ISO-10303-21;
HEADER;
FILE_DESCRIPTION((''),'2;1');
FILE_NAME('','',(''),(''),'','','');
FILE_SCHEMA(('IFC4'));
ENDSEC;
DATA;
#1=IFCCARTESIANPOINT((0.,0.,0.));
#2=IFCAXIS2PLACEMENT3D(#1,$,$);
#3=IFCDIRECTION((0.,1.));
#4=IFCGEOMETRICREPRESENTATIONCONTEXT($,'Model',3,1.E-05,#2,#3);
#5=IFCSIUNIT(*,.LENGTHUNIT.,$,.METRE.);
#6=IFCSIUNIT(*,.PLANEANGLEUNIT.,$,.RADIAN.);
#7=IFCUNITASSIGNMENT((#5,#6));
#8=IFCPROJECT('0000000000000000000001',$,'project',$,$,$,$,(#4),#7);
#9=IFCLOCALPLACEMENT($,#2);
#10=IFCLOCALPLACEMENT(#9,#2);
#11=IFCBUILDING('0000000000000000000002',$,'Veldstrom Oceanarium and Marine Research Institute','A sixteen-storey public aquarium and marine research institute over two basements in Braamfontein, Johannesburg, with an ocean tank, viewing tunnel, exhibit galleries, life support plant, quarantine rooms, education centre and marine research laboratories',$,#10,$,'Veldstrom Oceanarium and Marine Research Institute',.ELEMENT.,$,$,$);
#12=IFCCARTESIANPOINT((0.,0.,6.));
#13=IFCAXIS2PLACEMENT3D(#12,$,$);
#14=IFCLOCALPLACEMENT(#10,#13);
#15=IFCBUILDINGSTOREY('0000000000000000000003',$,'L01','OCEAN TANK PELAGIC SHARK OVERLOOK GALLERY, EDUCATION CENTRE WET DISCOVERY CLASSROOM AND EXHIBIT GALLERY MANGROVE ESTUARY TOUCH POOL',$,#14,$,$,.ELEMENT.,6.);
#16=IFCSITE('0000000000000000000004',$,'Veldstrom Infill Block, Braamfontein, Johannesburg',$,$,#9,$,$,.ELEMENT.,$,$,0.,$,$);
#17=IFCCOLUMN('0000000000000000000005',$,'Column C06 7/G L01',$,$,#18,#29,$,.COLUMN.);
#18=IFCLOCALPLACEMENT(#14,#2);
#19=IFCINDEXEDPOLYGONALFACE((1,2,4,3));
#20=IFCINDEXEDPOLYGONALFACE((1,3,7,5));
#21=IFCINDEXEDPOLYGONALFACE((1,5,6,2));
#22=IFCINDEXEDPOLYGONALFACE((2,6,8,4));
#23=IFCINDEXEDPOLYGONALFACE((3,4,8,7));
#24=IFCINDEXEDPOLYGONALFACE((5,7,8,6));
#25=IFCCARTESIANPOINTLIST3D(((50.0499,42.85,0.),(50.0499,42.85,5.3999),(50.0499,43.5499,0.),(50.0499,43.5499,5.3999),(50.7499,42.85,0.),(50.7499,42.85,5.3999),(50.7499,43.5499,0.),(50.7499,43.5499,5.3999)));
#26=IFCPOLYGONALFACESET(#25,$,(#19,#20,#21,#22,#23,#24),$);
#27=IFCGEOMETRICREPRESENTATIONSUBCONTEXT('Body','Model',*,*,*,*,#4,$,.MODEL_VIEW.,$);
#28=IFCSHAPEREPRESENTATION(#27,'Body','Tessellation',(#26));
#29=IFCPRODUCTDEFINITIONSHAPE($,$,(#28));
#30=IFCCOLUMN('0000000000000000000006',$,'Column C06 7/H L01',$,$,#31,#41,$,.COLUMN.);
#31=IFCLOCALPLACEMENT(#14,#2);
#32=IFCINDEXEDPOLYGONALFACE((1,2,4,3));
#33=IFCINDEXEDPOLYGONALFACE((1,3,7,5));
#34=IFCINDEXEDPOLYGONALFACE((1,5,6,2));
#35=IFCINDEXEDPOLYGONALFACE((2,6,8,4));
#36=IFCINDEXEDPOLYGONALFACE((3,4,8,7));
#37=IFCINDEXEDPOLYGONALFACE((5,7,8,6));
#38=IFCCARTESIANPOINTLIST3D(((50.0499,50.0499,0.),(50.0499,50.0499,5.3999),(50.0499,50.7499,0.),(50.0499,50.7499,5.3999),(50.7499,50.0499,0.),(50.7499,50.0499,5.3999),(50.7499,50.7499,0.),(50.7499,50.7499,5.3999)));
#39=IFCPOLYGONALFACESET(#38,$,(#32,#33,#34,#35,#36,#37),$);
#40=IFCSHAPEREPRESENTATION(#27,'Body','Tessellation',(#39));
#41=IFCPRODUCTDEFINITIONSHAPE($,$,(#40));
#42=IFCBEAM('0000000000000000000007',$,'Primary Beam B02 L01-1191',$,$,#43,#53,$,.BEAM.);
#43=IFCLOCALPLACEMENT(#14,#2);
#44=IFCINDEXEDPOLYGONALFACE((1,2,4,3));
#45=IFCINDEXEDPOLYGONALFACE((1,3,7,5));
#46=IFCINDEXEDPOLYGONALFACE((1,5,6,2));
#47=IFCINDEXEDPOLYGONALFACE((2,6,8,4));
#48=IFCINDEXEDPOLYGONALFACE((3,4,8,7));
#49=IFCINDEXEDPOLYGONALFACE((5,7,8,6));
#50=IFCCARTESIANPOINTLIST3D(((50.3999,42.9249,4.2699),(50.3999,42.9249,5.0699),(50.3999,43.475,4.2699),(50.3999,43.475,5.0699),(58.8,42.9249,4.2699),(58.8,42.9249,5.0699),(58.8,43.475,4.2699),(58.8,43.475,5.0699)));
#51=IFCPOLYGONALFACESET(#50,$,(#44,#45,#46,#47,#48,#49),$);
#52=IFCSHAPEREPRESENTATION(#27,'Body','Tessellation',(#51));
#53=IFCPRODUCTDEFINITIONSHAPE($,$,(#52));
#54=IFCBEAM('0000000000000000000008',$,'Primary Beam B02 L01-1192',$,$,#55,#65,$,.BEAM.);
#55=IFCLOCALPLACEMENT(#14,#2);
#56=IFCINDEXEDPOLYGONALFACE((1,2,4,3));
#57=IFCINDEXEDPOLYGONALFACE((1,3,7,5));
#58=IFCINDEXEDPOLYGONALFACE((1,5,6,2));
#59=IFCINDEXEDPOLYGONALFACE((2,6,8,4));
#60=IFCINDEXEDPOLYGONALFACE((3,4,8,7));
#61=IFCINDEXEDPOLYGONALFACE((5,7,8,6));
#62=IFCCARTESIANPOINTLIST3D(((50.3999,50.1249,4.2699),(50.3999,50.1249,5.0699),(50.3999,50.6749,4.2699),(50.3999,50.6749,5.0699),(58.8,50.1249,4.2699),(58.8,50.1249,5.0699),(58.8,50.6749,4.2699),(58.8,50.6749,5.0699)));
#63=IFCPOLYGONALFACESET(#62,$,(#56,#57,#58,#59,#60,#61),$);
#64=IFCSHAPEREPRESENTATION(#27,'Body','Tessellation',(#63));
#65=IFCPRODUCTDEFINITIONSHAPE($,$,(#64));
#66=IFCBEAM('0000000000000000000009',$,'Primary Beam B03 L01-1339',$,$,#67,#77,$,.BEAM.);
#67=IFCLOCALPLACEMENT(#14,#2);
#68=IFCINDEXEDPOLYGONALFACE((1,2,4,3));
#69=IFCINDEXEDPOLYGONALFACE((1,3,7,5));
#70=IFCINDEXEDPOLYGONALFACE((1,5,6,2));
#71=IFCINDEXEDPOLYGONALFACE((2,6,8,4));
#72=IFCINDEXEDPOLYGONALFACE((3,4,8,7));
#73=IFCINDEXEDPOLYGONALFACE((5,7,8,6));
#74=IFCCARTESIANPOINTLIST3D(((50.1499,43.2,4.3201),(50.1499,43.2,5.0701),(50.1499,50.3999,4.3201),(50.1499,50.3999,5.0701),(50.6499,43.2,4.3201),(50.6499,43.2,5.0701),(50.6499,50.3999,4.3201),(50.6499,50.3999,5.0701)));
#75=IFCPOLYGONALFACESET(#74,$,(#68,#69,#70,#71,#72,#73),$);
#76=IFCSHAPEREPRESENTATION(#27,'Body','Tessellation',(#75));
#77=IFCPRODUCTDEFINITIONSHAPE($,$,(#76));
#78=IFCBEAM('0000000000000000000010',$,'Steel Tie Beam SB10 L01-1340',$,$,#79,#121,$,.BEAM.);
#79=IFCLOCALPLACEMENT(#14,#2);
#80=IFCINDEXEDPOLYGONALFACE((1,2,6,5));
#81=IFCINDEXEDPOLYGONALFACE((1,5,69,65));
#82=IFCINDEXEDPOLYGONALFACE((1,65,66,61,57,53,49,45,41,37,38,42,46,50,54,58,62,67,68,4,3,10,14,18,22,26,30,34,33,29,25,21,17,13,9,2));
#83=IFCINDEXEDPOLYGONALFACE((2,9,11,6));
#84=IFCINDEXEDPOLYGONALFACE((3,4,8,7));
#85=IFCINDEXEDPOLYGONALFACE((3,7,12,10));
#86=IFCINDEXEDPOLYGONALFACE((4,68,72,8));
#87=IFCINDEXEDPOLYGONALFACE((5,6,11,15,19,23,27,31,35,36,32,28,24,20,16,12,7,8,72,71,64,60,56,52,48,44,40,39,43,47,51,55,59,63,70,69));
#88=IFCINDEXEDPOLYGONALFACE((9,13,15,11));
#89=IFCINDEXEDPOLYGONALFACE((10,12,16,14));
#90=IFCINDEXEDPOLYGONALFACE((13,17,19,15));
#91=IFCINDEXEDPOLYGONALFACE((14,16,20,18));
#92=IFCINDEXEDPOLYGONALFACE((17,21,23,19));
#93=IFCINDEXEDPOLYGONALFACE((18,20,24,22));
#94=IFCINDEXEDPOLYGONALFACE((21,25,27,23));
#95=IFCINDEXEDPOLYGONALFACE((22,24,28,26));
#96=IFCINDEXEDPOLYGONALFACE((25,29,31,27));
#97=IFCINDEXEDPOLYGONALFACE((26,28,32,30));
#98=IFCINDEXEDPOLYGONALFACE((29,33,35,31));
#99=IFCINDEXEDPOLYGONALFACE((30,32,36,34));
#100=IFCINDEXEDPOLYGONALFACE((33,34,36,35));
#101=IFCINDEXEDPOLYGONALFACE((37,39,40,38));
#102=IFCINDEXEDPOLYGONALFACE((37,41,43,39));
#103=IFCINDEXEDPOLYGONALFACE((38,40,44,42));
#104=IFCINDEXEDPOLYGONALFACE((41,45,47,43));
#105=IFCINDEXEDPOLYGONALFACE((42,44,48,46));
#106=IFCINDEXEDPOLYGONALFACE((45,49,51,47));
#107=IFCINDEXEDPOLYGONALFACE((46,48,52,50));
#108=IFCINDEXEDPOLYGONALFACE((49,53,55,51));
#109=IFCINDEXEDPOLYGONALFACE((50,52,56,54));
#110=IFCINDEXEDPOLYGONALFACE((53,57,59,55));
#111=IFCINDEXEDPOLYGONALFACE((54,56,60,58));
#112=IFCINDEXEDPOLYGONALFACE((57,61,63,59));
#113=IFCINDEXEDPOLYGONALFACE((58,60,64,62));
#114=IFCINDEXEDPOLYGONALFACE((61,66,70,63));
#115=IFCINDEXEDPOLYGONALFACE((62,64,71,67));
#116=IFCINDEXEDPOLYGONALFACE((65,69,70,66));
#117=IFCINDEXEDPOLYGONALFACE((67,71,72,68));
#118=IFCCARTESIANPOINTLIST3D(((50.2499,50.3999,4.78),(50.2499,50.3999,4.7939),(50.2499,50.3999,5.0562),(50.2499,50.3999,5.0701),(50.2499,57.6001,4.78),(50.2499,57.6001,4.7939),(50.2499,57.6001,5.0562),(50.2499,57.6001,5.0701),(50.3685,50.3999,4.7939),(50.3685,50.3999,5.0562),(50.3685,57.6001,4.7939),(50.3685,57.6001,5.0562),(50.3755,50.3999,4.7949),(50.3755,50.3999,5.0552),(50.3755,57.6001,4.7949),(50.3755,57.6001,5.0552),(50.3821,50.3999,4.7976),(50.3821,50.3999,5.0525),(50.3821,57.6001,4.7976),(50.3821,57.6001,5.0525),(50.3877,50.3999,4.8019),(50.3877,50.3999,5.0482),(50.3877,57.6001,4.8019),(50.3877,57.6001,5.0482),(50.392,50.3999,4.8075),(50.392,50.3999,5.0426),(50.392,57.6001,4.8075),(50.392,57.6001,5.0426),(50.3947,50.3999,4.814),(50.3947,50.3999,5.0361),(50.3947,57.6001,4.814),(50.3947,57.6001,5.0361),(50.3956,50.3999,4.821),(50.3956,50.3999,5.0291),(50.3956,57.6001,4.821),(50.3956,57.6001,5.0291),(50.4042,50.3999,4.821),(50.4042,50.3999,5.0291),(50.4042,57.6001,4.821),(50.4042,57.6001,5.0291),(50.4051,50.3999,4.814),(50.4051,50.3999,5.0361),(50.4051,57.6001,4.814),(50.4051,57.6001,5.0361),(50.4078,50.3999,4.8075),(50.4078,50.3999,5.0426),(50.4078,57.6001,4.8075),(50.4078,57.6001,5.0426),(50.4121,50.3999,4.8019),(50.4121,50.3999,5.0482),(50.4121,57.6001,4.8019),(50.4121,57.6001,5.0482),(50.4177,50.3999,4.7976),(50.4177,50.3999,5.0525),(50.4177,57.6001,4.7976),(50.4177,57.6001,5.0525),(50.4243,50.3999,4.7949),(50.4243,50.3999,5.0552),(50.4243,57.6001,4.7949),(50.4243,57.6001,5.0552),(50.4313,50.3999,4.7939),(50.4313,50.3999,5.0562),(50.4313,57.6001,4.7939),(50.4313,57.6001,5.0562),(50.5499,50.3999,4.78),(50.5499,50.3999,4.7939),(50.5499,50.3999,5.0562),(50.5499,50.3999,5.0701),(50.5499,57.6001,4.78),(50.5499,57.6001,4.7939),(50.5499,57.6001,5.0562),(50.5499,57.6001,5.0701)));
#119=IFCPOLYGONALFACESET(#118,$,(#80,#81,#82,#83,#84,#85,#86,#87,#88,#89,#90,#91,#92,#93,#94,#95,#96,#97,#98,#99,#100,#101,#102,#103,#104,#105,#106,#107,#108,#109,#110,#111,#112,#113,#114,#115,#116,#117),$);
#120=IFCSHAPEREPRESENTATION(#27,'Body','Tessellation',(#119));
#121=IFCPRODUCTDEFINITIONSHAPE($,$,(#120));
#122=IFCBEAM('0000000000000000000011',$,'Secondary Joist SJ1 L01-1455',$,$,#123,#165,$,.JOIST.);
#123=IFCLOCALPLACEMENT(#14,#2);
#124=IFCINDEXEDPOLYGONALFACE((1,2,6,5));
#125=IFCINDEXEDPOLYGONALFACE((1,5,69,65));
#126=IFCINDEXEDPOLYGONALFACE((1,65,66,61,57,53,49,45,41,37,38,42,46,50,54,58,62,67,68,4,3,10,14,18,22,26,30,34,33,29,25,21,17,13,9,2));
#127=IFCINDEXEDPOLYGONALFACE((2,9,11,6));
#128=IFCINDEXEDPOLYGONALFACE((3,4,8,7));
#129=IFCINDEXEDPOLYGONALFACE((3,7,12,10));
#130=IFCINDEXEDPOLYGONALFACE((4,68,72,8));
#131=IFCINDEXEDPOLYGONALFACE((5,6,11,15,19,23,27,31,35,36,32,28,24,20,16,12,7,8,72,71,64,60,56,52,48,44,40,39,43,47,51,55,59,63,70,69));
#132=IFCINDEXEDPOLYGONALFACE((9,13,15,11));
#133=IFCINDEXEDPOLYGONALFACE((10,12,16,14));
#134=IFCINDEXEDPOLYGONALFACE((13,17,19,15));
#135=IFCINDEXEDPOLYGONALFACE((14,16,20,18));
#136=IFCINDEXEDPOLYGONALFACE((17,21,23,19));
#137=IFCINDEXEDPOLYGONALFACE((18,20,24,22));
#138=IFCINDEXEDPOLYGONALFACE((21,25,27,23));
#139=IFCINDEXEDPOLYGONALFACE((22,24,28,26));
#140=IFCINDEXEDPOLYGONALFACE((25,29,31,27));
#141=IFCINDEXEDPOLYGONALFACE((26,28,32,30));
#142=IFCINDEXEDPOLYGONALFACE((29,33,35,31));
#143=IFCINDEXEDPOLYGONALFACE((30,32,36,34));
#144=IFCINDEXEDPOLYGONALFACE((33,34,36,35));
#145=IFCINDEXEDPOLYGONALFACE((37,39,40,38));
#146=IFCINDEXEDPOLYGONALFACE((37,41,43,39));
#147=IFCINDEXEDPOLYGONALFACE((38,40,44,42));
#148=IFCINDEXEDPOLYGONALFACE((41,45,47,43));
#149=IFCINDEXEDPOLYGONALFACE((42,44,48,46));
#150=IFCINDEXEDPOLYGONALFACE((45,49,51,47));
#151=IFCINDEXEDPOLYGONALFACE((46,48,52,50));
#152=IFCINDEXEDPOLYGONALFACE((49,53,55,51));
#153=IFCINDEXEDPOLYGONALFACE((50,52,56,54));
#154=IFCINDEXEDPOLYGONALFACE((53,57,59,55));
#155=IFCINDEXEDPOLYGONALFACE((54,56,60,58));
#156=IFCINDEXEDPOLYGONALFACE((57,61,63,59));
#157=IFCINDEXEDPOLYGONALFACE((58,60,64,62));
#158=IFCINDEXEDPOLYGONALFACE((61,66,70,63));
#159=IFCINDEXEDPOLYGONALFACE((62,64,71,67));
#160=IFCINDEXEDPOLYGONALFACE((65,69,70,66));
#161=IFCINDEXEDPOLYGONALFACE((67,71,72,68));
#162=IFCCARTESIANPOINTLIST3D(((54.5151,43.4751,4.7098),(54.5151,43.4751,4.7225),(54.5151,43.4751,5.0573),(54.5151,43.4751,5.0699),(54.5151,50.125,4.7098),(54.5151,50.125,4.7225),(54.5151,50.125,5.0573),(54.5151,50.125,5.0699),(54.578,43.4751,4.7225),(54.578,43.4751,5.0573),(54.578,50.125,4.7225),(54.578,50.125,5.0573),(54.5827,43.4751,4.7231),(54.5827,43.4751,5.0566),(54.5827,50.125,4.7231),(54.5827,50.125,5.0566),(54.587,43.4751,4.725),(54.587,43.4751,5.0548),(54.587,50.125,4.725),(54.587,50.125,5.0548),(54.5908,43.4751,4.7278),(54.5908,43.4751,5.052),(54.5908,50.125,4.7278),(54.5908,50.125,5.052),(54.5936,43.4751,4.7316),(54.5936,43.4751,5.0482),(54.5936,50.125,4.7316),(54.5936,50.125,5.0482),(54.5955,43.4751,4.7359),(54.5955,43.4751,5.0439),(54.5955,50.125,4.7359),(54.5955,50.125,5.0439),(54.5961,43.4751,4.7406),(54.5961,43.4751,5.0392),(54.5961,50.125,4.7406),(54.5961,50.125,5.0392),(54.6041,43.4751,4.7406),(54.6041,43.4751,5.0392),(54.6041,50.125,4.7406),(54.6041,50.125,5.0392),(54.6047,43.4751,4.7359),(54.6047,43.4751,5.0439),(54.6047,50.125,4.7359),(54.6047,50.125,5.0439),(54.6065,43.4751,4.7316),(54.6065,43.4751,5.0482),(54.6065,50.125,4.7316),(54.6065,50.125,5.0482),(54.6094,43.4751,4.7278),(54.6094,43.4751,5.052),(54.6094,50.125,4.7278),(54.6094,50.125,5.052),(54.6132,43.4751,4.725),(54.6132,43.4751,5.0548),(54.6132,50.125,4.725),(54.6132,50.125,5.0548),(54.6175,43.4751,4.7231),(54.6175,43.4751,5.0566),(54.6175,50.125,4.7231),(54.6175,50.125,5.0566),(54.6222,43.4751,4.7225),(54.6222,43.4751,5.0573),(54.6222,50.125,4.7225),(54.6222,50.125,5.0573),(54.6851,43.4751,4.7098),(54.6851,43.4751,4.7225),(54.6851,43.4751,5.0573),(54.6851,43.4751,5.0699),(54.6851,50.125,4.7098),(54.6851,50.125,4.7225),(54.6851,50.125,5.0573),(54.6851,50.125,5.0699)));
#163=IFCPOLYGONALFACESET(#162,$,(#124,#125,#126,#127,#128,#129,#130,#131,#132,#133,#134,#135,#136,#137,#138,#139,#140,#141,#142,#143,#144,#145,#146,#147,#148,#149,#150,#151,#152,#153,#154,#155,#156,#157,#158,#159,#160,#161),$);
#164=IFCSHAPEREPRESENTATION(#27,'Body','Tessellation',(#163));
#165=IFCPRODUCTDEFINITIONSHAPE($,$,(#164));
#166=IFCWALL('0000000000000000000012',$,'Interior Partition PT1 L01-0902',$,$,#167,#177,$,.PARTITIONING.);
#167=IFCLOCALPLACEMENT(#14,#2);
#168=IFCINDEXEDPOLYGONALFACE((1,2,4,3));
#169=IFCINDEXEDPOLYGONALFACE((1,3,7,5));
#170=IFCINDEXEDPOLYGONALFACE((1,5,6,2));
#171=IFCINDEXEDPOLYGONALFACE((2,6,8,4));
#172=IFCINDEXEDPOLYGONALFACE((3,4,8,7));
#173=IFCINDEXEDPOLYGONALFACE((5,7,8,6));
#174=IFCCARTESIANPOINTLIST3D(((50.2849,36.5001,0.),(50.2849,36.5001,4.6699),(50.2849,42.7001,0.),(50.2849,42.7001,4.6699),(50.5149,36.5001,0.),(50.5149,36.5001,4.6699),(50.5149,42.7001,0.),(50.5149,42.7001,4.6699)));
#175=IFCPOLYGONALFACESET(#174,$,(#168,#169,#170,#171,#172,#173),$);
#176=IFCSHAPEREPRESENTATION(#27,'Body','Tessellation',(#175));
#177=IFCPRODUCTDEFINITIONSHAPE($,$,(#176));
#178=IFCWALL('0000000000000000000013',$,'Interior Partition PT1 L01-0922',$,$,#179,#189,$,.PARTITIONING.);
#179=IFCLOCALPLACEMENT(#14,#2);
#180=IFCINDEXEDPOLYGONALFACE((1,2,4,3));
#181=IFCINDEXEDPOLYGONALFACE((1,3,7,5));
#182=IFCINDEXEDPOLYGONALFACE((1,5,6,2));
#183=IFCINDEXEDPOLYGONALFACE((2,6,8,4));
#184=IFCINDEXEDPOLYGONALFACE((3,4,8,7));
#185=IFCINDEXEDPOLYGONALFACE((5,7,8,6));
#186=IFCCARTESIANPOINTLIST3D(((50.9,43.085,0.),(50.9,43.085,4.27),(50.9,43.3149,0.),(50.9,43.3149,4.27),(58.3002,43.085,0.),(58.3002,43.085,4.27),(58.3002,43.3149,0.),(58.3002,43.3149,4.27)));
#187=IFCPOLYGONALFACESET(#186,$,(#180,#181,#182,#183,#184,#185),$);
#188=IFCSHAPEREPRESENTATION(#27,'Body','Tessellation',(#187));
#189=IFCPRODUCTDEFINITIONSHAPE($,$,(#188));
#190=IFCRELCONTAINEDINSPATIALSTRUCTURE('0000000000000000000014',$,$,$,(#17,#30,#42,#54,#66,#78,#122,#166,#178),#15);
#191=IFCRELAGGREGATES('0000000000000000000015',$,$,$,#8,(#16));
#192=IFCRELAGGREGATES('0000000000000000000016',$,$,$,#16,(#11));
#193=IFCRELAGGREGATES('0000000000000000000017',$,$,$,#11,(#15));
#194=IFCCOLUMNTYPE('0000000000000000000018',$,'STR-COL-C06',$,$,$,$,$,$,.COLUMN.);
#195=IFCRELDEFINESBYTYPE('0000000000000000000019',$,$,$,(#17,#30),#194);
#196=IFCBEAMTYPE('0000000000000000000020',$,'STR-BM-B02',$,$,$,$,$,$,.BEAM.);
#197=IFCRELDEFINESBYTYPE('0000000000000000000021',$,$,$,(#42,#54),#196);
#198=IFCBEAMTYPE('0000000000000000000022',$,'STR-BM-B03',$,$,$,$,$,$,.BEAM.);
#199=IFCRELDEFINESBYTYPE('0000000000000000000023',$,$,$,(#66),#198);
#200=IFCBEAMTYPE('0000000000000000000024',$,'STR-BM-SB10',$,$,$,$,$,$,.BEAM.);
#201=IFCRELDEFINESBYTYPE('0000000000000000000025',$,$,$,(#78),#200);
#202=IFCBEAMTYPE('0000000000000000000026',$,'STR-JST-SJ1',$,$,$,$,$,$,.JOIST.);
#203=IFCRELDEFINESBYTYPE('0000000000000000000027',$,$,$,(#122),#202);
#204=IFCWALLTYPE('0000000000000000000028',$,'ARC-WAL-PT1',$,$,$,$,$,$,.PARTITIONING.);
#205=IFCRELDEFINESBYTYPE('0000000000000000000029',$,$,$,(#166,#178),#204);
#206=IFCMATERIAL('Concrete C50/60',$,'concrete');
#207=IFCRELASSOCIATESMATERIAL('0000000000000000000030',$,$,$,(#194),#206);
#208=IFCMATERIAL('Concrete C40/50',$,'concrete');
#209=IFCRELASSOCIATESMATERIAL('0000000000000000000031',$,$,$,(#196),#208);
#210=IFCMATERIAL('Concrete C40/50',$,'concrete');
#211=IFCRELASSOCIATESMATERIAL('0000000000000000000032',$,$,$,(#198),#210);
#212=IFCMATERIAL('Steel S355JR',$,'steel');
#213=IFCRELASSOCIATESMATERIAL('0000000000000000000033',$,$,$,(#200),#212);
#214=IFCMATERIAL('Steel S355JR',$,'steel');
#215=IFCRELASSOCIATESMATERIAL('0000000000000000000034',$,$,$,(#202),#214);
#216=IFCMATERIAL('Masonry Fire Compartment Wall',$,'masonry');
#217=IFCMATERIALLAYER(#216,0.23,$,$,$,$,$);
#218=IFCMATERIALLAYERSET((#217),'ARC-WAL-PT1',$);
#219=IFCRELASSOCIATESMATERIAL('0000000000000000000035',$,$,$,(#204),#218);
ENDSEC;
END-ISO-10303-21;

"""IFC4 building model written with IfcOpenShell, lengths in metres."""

from ifc_helpers import new_model, si_unit, direction, frame, frame_2d, origin, origin_2d, place, context, subcontext, project, spatial, rectangle, i_section, extrude, material, layer, layer_set, material_profile, profile_set, type_object, element, save


model = new_model("IFC4")

# Units and contexts
model_context = context("Model", 3, precision=1e-05, world=origin(), true_north=direction((0.0, 1.0)))
body_context = subcontext(model_context, "Body", "Model", "MODEL_VIEW")
ifc_project = project(units=[si_unit("LENGTHUNIT", "METRE"), si_unit("PLANEANGLEUNIT", "RADIAN")], contexts=[model_context])

# Site, building, storey
site_placement = place(None, origin())
site = spatial("IfcSite", under=ifc_project, at=site_placement, Name="Veldstrom Infill Block, Braamfontein, Johannesburg", CompositionType="ELEMENT", RefElevation=0.0)
building_placement = place(site_placement, origin())
building = spatial("IfcBuilding", under=site, at=building_placement, Name="Veldstrom Oceanarium and Marine Research Institute", Description="A sixteen-storey public aquarium and marine research institute over two basements in Braamfontein, Johannesburg, with an ocean tank, viewing tunnel, exhibit galleries, life support plant, quarantine rooms, education centre and marine research laboratories", LongName="Veldstrom Oceanarium and Marine Research Institute", CompositionType="ELEMENT")
storey_placement = place(building_placement, frame((0.0, 0.0, 6.0)))
storey = spatial("IfcBuildingStorey", under=building, at=storey_placement, Name="L01", Description="OCEAN TANK PELAGIC SHARK OVERLOOK GALLERY, EDUCATION CENTRE WET DISCOVERY CLASSROOM AND EXHIBIT GALLERY MANGROVE ESTUARY TOUCH POOL", CompositionType="ELEMENT", Elevation=6.0)

# Columns
ifc_material_1 = material(Name="Concrete C50/60", Category="concrete")
ifc_material_profile_1 = material_profile(ifc_material_1, rectangle(XDim=0.7, YDim=0.7, at=origin_2d()), Name="RC-COL-700x700")
ifc_profile_set_1 = profile_set([ifc_material_profile_1], Name="Concrete C50/60")
column_type = type_object("IfcColumnType", Name="STR-COL-C06", PredefinedType="COLUMN", material=ifc_profile_set_1)
for number, where, z_axis, x_axis, name in (
    (1, (50.3999, 43.2, 0.0), (0.0, 0.0, 1.0), (1.0, 0.0, 0.0), "Column C06 7/G L01"),
    (2, (50.3999, 50.3999, 0.0), (0.0, 0.0, 1.0), (1.0, 0.0, 0.0), "Column C06 7/H L01"),
):
    element("IfcColumn", number, at=place(storey_placement, frame(where, z_axis=z_axis, x_axis=x_axis)), inside=storey, type_object=column_type, Name=name, PredefinedType="COLUMN", context=body_context, shape_type="SweptSolid", body=[
        extrude(rectangle(XDim=0.7, YDim=0.7, at=origin_2d()), origin(), (0.0, 0.0, 1.0), 5.3999),
    ])

# Beams
ifc_material_2 = material(Name="Concrete C40/50", Category="concrete")
ifc_material_profile_2 = material_profile(ifc_material_2, rectangle(XDim=0.55, YDim=0.8, at=origin_2d()), Name="RC-BM-550x800")
ifc_profile_set_2 = profile_set([ifc_material_profile_2], Name="Concrete C40/50")
beam_type_1 = type_object("IfcBeamType", Name="STR-BM-B02", PredefinedType="BEAM", material=ifc_profile_set_2)
for number, where, z_axis, x_axis, name in (
    (3, (50.3999, 43.2, 4.6699), (1.0, 0.0, 0.0), (0.0, 1.0, 0.0), "Primary Beam B02 L01-1191"),
    (4, (50.3999, 50.3999, 4.6699), (1.0, 0.0, 0.0), (0.0, 1.0, 0.0), "Primary Beam B02 L01-1192"),
):
    element("IfcBeam", number, at=place(storey_placement, frame(where, z_axis=z_axis, x_axis=x_axis)), inside=storey, type_object=beam_type_1, Name=name, PredefinedType="BEAM", context=body_context, shape_type="SweptSolid", body=[
        extrude(rectangle(XDim=0.55, YDim=0.8, at=origin_2d()), origin(), (0.0, 0.0, 1.0), 8.4001),
    ])
ifc_material_3 = material(Name="Concrete C40/50", Category="concrete")
ifc_material_profile_3 = material_profile(ifc_material_3, rectangle(XDim=0.5, YDim=0.75, at=origin_2d()), Name="RC-BM-500x750")
ifc_profile_set_3 = profile_set([ifc_material_profile_3], Name="Concrete C40/50")
beam_type_2 = type_object("IfcBeamType", Name="STR-BM-B03", PredefinedType="BEAM", material=ifc_profile_set_3)
beam_1_placement = place(storey_placement, frame((50.3999, 43.2, 4.6951), z_axis=(0.0, 1.0, 0.0), x_axis=(-1.0, 0.0, 0.0)))
element("IfcBeam", 5, at=beam_1_placement, inside=storey, type_object=beam_type_2, Name="Primary Beam B03 L01-1339", PredefinedType="BEAM", context=body_context, shape_type="SweptSolid", body=[
    extrude(rectangle(XDim=0.5, YDim=0.75, at=origin_2d()), origin(), (0.0, 0.0, 1.0), 7.2),
])
ifc_material_4 = material(Name="Steel S355JR", Category="steel")
ifc_material_profile_4 = material_profile(ifc_material_4, i_section(OverallWidth=0.3, OverallDepth=0.29, WebThickness=0.0085, FlangeThickness=0.0139, FilletRadius=0.0271, at=origin_2d()), Name="HEA 300")
ifc_profile_set_4 = profile_set([ifc_material_profile_4], Name="Steel S355JR")
beam_type_3 = type_object("IfcBeamType", Name="STR-BM-SB10", PredefinedType="BEAM", material=ifc_profile_set_4)
beam_2_placement = place(storey_placement, frame((50.3999, 50.3999, 4.925), z_axis=(0.0, 1.0, 0.0), x_axis=(-1.0, 0.0, 0.0)))
element("IfcBeam", 6, at=beam_2_placement, inside=storey, type_object=beam_type_3, Name="Steel Tie Beam SB10 L01-1340", PredefinedType="BEAM", context=body_context, shape_type="SweptSolid", body=[
    extrude(i_section(OverallWidth=0.3, OverallDepth=0.29, WebThickness=0.0085, FlangeThickness=0.0139, FilletRadius=0.0271, at=origin_2d()), origin(), (0.0, 0.0, 1.0), 7.2002),
])
ifc_material_5 = material(Name="Steel S355JR", Category="steel")
ifc_material_profile_5 = material_profile(ifc_material_5, i_section(OverallWidth=0.1699, OverallDepth=0.3601, WebThickness=0.0081, FlangeThickness=0.0127, FilletRadius=0.0181, at=origin_2d()), Name="IPE 360")
ifc_profile_set_5 = profile_set([ifc_material_profile_5], Name="Steel S355JR")
beam_type_4 = type_object("IfcBeamType", Name="STR-JST-SJ1", PredefinedType="JOIST", material=ifc_profile_set_5)
beam_3_placement = place(storey_placement, frame((54.6001, 43.4751, 4.8899), z_axis=(0.0, 1.0, 0.0), x_axis=(-1.0, 0.0, 0.0)))
element("IfcBeam", 7, at=beam_3_placement, inside=storey, type_object=beam_type_4, Name="Secondary Joist SJ1 L01-1455", PredefinedType="JOIST", context=body_context, shape_type="SweptSolid", body=[
    extrude(i_section(OverallWidth=0.1699, OverallDepth=0.3601, WebThickness=0.0081, FlangeThickness=0.0127, FilletRadius=0.0181, at=origin_2d()), origin(), (0.0, 0.0, 1.0), 6.6499),
])

# Walls
ifc_material_6 = material(Name="Masonry Fire Compartment Wall", Category="masonry")
ifc_layer_1 = layer(ifc_material_6, 0.23)
ifc_layer_set_1 = layer_set([ifc_layer_1], Name="ARC-WAL-PT1")
wall_type_1 = type_object("IfcWallType", Name="ARC-WAL-PT1", PredefinedType="PARTITIONING", material=ifc_layer_set_1)
wall_1_placement = place(storey_placement, frame((50.3999, 36.5, 0.0), z_axis=(0.0, 0.0, 1.0), x_axis=(0.0, 1.0, 0.0)))
element("IfcWall", 8, at=wall_1_placement, inside=storey, type_object=wall_type_1, Name="Interior Partition PT1 L01-0902", PredefinedType="PARTITIONING", context=body_context, shape_type="SweptSolid", body=[
    extrude(rectangle(XDim=6.2, YDim=0.23, at=frame_2d((3.1001, 0.0))), origin(), (0.0, 0.0, 1.0), 4.6699),
])
wall_2_placement = place(storey_placement, frame((50.8999, 43.2, 0.0), z_axis=(0.0, 0.0, 1.0), x_axis=(1.0, 0.0, 0.0)))
element("IfcWall", 9, at=wall_2_placement, inside=storey, type_object=wall_type_1, Name="Interior Partition PT1 L01-0922", PredefinedType="PARTITIONING", context=body_context, shape_type="SweptSolid", body=[
    extrude(rectangle(XDim=7.4001, YDim=0.23, at=frame_2d((3.7002, 0.0))), origin(), (0.0, 0.0, 1.0), 4.27),
])

save(model, "model.ifc")
